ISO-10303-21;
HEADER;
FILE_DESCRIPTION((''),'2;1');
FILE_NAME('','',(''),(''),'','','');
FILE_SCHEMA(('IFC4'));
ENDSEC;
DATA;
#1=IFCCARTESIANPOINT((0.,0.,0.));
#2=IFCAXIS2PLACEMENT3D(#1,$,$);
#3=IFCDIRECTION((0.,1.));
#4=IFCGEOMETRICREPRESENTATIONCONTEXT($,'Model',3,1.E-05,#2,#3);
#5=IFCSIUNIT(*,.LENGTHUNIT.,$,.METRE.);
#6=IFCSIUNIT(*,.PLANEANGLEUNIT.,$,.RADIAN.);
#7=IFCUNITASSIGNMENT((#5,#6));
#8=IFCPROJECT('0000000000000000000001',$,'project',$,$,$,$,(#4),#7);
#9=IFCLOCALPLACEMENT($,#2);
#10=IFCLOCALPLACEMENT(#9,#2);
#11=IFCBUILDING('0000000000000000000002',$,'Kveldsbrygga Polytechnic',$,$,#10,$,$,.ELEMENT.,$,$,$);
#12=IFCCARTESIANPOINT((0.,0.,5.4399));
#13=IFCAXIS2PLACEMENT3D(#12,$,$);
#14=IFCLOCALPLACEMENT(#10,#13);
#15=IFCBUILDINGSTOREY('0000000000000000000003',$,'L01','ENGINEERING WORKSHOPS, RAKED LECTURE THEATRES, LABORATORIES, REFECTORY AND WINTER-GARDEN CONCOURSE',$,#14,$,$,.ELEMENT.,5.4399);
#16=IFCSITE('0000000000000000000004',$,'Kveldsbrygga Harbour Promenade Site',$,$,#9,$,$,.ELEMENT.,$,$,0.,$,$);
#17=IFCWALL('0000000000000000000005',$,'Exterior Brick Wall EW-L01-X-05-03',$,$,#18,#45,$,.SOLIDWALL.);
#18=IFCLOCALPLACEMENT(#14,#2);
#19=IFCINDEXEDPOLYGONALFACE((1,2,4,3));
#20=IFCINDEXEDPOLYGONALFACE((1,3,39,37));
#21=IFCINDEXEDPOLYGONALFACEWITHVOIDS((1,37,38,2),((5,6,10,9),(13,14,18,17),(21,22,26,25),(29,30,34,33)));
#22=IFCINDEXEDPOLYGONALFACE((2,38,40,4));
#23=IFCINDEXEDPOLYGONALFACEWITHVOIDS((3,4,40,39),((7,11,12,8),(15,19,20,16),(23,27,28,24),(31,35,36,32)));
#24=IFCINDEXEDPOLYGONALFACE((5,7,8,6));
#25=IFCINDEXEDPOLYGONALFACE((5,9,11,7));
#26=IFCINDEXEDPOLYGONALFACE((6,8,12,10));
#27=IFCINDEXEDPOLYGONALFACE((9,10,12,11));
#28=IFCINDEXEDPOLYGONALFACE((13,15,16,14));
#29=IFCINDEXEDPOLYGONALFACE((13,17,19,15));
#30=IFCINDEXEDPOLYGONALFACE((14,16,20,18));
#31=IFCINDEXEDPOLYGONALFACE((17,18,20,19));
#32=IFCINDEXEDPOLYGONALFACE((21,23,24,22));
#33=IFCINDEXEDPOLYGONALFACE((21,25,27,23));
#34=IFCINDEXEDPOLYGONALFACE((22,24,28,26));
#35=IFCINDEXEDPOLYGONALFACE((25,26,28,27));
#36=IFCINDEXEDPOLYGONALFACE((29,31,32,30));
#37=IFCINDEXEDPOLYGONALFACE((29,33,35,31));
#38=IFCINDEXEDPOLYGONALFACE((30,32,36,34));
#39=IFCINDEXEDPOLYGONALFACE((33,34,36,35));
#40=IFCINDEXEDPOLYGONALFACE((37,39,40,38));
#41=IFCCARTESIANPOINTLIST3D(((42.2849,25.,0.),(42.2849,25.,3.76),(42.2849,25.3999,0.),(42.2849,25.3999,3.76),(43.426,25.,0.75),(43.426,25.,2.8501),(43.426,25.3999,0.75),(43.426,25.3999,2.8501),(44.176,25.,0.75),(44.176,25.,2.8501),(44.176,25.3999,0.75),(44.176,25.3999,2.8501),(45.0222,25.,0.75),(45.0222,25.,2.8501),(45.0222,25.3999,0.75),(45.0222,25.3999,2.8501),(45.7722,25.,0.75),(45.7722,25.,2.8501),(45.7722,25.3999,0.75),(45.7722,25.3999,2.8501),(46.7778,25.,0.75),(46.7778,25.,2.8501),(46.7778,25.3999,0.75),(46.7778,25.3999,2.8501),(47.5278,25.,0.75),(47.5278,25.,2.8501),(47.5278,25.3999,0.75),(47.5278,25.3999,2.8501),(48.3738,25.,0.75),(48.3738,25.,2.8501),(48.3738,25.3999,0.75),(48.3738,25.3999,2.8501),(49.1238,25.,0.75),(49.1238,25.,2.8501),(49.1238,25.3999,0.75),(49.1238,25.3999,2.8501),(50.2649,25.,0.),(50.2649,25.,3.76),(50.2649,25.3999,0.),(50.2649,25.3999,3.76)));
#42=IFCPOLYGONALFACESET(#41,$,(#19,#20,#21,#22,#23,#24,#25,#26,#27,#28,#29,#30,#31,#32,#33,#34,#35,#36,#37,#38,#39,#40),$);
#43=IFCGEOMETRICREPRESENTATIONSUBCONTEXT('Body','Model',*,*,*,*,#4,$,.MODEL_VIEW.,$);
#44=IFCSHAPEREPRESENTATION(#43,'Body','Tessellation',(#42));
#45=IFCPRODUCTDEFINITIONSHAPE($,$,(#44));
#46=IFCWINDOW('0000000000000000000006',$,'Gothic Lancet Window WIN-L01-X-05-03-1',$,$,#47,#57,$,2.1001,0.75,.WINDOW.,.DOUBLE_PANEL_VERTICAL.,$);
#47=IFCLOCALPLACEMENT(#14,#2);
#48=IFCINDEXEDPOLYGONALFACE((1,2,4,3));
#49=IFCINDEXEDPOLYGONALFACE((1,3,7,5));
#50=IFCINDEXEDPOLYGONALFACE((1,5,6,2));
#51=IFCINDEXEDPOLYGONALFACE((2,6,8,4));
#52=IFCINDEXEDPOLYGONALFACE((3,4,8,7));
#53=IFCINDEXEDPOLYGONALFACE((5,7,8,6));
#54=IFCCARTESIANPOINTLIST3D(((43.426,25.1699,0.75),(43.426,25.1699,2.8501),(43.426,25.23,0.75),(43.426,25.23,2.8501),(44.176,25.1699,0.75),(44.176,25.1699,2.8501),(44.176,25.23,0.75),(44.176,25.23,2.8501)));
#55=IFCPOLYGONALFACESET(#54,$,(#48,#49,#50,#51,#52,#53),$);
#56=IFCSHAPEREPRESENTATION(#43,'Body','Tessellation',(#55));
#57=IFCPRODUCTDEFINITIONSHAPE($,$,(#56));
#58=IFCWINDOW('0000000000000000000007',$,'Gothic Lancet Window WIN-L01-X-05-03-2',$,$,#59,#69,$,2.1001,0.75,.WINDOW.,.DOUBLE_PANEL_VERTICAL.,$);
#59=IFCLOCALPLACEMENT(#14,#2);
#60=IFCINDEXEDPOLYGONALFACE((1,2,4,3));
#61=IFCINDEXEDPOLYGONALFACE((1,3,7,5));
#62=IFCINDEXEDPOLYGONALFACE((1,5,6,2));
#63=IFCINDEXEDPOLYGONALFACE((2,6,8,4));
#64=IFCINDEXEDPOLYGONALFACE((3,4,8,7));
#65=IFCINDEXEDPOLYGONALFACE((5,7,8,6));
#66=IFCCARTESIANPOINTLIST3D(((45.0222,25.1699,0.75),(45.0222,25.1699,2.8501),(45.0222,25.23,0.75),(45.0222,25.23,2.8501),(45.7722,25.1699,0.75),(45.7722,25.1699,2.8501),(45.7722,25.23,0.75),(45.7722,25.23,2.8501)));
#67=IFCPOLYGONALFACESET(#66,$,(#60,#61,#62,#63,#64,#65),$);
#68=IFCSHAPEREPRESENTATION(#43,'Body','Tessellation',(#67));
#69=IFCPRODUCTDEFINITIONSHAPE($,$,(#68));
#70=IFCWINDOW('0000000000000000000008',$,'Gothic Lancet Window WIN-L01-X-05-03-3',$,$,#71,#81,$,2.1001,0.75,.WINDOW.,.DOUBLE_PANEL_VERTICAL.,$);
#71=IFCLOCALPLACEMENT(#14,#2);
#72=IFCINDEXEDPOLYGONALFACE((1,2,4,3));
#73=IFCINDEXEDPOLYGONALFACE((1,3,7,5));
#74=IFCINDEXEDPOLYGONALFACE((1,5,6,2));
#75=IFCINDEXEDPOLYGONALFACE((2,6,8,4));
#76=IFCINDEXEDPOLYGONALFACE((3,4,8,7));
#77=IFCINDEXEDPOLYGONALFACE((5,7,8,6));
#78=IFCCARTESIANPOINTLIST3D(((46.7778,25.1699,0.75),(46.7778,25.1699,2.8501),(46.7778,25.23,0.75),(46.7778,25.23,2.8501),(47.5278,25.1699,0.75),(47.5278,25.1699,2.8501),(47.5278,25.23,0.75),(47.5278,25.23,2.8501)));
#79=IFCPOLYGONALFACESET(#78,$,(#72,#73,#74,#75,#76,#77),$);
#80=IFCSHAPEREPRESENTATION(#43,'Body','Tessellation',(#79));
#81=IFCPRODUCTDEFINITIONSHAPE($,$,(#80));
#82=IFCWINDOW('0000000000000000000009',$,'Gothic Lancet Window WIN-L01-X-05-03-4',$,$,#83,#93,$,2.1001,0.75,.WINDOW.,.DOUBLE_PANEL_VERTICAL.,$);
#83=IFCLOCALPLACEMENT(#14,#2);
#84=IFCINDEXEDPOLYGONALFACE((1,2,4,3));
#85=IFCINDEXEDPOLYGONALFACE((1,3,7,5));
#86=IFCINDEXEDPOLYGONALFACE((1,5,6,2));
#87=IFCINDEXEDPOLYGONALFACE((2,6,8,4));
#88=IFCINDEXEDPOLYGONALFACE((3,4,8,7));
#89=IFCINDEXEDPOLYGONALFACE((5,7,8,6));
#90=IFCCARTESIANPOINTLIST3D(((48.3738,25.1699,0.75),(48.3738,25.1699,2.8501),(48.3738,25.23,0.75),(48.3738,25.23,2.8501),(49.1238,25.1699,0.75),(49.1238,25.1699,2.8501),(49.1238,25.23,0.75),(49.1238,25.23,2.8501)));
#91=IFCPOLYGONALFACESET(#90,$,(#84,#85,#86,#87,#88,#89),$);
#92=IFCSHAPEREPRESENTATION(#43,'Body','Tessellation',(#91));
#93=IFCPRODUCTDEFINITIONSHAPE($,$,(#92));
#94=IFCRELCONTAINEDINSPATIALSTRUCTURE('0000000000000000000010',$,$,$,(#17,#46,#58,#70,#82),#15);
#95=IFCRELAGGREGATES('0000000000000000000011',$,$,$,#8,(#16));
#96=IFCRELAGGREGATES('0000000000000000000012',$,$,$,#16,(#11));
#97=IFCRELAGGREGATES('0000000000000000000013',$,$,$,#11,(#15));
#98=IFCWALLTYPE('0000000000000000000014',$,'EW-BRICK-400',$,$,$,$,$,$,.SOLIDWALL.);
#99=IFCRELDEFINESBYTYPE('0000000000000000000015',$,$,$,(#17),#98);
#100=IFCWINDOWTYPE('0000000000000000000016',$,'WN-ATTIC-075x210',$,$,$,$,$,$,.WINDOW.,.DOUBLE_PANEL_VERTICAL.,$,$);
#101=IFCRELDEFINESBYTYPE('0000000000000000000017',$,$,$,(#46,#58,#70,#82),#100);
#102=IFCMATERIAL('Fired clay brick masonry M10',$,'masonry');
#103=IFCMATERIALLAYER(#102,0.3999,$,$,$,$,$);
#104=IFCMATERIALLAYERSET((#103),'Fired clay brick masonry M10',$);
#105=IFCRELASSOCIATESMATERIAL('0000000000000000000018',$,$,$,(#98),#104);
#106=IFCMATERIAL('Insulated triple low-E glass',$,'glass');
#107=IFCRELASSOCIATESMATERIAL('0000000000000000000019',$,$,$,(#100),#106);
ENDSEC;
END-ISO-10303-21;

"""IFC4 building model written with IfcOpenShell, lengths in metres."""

from ifc_helpers import new_model, si_unit, direction, frame, frame_2d, origin, place, context, subcontext, project, spatial, rectangle, extrude, material, layer, layer_set, type_object, element, fill, save


model = new_model("IFC4")

# Units and contexts
model_context = context("Model", 3, precision=1e-05, world=origin(), true_north=direction((0.0, 1.0)))
body_context = subcontext(model_context, "Body", "Model", "MODEL_VIEW")
ifc_project = project(units=[si_unit("LENGTHUNIT", "METRE"), si_unit("PLANEANGLEUNIT", "RADIAN")], contexts=[model_context])

# Site, building, storey
site_placement = place(None, origin())
site = spatial("IfcSite", under=ifc_project, at=site_placement, Name="Kveldsbrygga Harbour Promenade Site", CompositionType="ELEMENT", RefElevation=0.0)
building_placement = place(site_placement, origin())
building = spatial("IfcBuilding", under=site, at=building_placement, Name="Kveldsbrygga Polytechnic", CompositionType="ELEMENT")
storey_placement = place(building_placement, frame((0.0, 0.0, 5.4399)))
storey = spatial("IfcBuildingStorey", under=building, at=storey_placement, Name="L01", Description="ENGINEERING WORKSHOPS, RAKED LECTURE THEATRES, LABORATORIES, REFECTORY AND WINTER-GARDEN CONCOURSE", CompositionType="ELEMENT", Elevation=5.4399)

# Wall, openings, windows
ifc_material_1 = material(Name="Fired clay brick masonry M10", Category="masonry")
ifc_layer_1 = layer(ifc_material_1, 0.3999)
ifc_layer_set_1 = layer_set([ifc_layer_1], Name="Fired clay brick masonry M10")
wall_type = type_object("IfcWallType", Name="EW-BRICK-400", PredefinedType="SOLIDWALL", material=ifc_layer_set_1)
wall_placement = place(storey_placement, frame((42.2849, 25.2, 0.0), z_axis=(0.0, 0.0, 1.0), x_axis=(1.0, 0.0, 0.0)))
wall = element("IfcWall", 1, at=wall_placement, inside=storey, type_object=wall_type, Name="Exterior Brick Wall EW-L01-X-05-03", PredefinedType="SOLIDWALL", context=body_context, shape_type="SweptSolid", body=[
    extrude(rectangle(XDim=7.98, YDim=0.3999, at=frame_2d((3.99, 0.0))), origin(), (0.0, 0.0, 1.0), 3.76),
])
opening_1_placement = place(wall_placement, frame((1.1411, 0.0, 0.75)))
opening_1 = element("IfcOpeningElement", 2, at=opening_1_placement, cuts=wall, PredefinedType="OPENING", context=body_context, shape_type="SweptSolid", body=[
    extrude(rectangle(XDim=0.75, YDim=2.1001, at=frame_2d((0.375, 1.05))), frame((0.0, 0.21, 0.0), z_axis=(0.0, -1.0, 0.0), x_axis=(1.0, 0.0, 0.0)), (0.0, 0.0, 1.0), 0.4199),
])
opening_2_placement = place(wall_placement, frame((2.7373, 0.0, 0.75)))
opening_2 = element("IfcOpeningElement", 3, at=opening_2_placement, cuts=wall, PredefinedType="OPENING", context=body_context, shape_type="SweptSolid", body=[
    extrude(rectangle(XDim=0.75, YDim=2.1001, at=frame_2d((0.375, 1.05))), frame((0.0, 0.21, 0.0), z_axis=(0.0, -1.0, 0.0), x_axis=(1.0, 0.0, 0.0)), (0.0, 0.0, 1.0), 0.4199),
])
opening_3_placement = place(wall_placement, frame((4.4929, 0.0, 0.75)))
opening_3 = element("IfcOpeningElement", 4, at=opening_3_placement, cuts=wall, PredefinedType="OPENING", context=body_context, shape_type="SweptSolid", body=[
    extrude(rectangle(XDim=0.75, YDim=2.1001, at=frame_2d((0.375, 1.05))), frame((0.0, 0.21, 0.0), z_axis=(0.0, -1.0, 0.0), x_axis=(1.0, 0.0, 0.0)), (0.0, 0.0, 1.0), 0.4199),
])
opening_4_placement = place(wall_placement, frame((6.0889, 0.0, 0.75)))
opening_4 = element("IfcOpeningElement", 5, at=opening_4_placement, cuts=wall, PredefinedType="OPENING", context=body_context, shape_type="SweptSolid", body=[
    extrude(rectangle(XDim=0.75, YDim=2.1001, at=frame_2d((0.375, 1.05))), frame((0.0, 0.21, 0.0), z_axis=(0.0, -1.0, 0.0), x_axis=(1.0, 0.0, 0.0)), (0.0, 0.0, 1.0), 0.4199),
])
ifc_material_2 = material(Name="Insulated triple low-E glass", Category="glass")
window_type = type_object("IfcWindowType", Name="WN-ATTIC-075x210", PartitioningType="DOUBLE_PANEL_VERTICAL", PredefinedType="WINDOW", material=ifc_material_2)
window_1_placement = place(opening_1_placement, origin())
window_1 = element("IfcWindow", 6, at=window_1_placement, inside=storey, type_object=window_type, Name="Gothic Lancet Window WIN-L01-X-05-03-1", OverallHeight=2.1001, OverallWidth=0.75, PartitioningType="DOUBLE_PANEL_VERTICAL", PredefinedType="WINDOW", context=body_context, shape_type="SweptSolid", body=[
    extrude(rectangle(XDim=0.75, YDim=2.1001, at=frame_2d((0.375, 1.05))), frame((0.0, 0.03, 0.0), z_axis=(0.0, -1.0, 0.0), x_axis=(1.0, 0.0, 0.0)), (0.0, 0.0, 1.0), 0.0601),
])
fill(opening_1, window_1)
window_2_placement = place(opening_2_placement, origin())
window_2 = element("IfcWindow", 7, at=window_2_placement, inside=storey, type_object=window_type, Name="Gothic Lancet Window WIN-L01-X-05-03-2", OverallHeight=2.1001, OverallWidth=0.75, PartitioningType="DOUBLE_PANEL_VERTICAL", PredefinedType="WINDOW", context=body_context, shape_type="SweptSolid", body=[
    extrude(rectangle(XDim=0.75, YDim=2.1001, at=frame_2d((0.375, 1.05))), frame((0.0, 0.03, 0.0), z_axis=(0.0, -1.0, 0.0), x_axis=(1.0, 0.0, 0.0)), (0.0, 0.0, 1.0), 0.0601),
])
fill(opening_2, window_2)
window_3_placement = place(opening_3_placement, origin())
window_3 = element("IfcWindow", 8, at=window_3_placement, inside=storey, type_object=window_type, Name="Gothic Lancet Window WIN-L01-X-05-03-3", OverallHeight=2.1001, OverallWidth=0.75, PartitioningType="DOUBLE_PANEL_VERTICAL", PredefinedType="WINDOW", context=body_context, shape_type="SweptSolid", body=[
    extrude(rectangle(XDim=0.75, YDim=2.1001, at=frame_2d((0.375, 1.05))), frame((0.0, 0.03, 0.0), z_axis=(0.0, -1.0, 0.0), x_axis=(1.0, 0.0, 0.0)), (0.0, 0.0, 1.0), 0.0601),
])
fill(opening_3, window_3)
window_4_placement = place(opening_4_placement, origin())
window_4 = element("IfcWindow", 9, at=window_4_placement, inside=storey, type_object=window_type, Name="Gothic Lancet Window WIN-L01-X-05-03-4", OverallHeight=2.1001, OverallWidth=0.75, PartitioningType="DOUBLE_PANEL_VERTICAL", PredefinedType="WINDOW", context=body_context, shape_type="SweptSolid", body=[
    extrude(rectangle(XDim=0.75, YDim=2.1001, at=frame_2d((0.375, 1.05))), frame((0.0, 0.03, 0.0), z_axis=(0.0, -1.0, 0.0), x_axis=(1.0, 0.0, 0.0)), (0.0, 0.0, 1.0), 0.0601),
])
fill(opening_4, window_4)

save(model, "model.ifc")
